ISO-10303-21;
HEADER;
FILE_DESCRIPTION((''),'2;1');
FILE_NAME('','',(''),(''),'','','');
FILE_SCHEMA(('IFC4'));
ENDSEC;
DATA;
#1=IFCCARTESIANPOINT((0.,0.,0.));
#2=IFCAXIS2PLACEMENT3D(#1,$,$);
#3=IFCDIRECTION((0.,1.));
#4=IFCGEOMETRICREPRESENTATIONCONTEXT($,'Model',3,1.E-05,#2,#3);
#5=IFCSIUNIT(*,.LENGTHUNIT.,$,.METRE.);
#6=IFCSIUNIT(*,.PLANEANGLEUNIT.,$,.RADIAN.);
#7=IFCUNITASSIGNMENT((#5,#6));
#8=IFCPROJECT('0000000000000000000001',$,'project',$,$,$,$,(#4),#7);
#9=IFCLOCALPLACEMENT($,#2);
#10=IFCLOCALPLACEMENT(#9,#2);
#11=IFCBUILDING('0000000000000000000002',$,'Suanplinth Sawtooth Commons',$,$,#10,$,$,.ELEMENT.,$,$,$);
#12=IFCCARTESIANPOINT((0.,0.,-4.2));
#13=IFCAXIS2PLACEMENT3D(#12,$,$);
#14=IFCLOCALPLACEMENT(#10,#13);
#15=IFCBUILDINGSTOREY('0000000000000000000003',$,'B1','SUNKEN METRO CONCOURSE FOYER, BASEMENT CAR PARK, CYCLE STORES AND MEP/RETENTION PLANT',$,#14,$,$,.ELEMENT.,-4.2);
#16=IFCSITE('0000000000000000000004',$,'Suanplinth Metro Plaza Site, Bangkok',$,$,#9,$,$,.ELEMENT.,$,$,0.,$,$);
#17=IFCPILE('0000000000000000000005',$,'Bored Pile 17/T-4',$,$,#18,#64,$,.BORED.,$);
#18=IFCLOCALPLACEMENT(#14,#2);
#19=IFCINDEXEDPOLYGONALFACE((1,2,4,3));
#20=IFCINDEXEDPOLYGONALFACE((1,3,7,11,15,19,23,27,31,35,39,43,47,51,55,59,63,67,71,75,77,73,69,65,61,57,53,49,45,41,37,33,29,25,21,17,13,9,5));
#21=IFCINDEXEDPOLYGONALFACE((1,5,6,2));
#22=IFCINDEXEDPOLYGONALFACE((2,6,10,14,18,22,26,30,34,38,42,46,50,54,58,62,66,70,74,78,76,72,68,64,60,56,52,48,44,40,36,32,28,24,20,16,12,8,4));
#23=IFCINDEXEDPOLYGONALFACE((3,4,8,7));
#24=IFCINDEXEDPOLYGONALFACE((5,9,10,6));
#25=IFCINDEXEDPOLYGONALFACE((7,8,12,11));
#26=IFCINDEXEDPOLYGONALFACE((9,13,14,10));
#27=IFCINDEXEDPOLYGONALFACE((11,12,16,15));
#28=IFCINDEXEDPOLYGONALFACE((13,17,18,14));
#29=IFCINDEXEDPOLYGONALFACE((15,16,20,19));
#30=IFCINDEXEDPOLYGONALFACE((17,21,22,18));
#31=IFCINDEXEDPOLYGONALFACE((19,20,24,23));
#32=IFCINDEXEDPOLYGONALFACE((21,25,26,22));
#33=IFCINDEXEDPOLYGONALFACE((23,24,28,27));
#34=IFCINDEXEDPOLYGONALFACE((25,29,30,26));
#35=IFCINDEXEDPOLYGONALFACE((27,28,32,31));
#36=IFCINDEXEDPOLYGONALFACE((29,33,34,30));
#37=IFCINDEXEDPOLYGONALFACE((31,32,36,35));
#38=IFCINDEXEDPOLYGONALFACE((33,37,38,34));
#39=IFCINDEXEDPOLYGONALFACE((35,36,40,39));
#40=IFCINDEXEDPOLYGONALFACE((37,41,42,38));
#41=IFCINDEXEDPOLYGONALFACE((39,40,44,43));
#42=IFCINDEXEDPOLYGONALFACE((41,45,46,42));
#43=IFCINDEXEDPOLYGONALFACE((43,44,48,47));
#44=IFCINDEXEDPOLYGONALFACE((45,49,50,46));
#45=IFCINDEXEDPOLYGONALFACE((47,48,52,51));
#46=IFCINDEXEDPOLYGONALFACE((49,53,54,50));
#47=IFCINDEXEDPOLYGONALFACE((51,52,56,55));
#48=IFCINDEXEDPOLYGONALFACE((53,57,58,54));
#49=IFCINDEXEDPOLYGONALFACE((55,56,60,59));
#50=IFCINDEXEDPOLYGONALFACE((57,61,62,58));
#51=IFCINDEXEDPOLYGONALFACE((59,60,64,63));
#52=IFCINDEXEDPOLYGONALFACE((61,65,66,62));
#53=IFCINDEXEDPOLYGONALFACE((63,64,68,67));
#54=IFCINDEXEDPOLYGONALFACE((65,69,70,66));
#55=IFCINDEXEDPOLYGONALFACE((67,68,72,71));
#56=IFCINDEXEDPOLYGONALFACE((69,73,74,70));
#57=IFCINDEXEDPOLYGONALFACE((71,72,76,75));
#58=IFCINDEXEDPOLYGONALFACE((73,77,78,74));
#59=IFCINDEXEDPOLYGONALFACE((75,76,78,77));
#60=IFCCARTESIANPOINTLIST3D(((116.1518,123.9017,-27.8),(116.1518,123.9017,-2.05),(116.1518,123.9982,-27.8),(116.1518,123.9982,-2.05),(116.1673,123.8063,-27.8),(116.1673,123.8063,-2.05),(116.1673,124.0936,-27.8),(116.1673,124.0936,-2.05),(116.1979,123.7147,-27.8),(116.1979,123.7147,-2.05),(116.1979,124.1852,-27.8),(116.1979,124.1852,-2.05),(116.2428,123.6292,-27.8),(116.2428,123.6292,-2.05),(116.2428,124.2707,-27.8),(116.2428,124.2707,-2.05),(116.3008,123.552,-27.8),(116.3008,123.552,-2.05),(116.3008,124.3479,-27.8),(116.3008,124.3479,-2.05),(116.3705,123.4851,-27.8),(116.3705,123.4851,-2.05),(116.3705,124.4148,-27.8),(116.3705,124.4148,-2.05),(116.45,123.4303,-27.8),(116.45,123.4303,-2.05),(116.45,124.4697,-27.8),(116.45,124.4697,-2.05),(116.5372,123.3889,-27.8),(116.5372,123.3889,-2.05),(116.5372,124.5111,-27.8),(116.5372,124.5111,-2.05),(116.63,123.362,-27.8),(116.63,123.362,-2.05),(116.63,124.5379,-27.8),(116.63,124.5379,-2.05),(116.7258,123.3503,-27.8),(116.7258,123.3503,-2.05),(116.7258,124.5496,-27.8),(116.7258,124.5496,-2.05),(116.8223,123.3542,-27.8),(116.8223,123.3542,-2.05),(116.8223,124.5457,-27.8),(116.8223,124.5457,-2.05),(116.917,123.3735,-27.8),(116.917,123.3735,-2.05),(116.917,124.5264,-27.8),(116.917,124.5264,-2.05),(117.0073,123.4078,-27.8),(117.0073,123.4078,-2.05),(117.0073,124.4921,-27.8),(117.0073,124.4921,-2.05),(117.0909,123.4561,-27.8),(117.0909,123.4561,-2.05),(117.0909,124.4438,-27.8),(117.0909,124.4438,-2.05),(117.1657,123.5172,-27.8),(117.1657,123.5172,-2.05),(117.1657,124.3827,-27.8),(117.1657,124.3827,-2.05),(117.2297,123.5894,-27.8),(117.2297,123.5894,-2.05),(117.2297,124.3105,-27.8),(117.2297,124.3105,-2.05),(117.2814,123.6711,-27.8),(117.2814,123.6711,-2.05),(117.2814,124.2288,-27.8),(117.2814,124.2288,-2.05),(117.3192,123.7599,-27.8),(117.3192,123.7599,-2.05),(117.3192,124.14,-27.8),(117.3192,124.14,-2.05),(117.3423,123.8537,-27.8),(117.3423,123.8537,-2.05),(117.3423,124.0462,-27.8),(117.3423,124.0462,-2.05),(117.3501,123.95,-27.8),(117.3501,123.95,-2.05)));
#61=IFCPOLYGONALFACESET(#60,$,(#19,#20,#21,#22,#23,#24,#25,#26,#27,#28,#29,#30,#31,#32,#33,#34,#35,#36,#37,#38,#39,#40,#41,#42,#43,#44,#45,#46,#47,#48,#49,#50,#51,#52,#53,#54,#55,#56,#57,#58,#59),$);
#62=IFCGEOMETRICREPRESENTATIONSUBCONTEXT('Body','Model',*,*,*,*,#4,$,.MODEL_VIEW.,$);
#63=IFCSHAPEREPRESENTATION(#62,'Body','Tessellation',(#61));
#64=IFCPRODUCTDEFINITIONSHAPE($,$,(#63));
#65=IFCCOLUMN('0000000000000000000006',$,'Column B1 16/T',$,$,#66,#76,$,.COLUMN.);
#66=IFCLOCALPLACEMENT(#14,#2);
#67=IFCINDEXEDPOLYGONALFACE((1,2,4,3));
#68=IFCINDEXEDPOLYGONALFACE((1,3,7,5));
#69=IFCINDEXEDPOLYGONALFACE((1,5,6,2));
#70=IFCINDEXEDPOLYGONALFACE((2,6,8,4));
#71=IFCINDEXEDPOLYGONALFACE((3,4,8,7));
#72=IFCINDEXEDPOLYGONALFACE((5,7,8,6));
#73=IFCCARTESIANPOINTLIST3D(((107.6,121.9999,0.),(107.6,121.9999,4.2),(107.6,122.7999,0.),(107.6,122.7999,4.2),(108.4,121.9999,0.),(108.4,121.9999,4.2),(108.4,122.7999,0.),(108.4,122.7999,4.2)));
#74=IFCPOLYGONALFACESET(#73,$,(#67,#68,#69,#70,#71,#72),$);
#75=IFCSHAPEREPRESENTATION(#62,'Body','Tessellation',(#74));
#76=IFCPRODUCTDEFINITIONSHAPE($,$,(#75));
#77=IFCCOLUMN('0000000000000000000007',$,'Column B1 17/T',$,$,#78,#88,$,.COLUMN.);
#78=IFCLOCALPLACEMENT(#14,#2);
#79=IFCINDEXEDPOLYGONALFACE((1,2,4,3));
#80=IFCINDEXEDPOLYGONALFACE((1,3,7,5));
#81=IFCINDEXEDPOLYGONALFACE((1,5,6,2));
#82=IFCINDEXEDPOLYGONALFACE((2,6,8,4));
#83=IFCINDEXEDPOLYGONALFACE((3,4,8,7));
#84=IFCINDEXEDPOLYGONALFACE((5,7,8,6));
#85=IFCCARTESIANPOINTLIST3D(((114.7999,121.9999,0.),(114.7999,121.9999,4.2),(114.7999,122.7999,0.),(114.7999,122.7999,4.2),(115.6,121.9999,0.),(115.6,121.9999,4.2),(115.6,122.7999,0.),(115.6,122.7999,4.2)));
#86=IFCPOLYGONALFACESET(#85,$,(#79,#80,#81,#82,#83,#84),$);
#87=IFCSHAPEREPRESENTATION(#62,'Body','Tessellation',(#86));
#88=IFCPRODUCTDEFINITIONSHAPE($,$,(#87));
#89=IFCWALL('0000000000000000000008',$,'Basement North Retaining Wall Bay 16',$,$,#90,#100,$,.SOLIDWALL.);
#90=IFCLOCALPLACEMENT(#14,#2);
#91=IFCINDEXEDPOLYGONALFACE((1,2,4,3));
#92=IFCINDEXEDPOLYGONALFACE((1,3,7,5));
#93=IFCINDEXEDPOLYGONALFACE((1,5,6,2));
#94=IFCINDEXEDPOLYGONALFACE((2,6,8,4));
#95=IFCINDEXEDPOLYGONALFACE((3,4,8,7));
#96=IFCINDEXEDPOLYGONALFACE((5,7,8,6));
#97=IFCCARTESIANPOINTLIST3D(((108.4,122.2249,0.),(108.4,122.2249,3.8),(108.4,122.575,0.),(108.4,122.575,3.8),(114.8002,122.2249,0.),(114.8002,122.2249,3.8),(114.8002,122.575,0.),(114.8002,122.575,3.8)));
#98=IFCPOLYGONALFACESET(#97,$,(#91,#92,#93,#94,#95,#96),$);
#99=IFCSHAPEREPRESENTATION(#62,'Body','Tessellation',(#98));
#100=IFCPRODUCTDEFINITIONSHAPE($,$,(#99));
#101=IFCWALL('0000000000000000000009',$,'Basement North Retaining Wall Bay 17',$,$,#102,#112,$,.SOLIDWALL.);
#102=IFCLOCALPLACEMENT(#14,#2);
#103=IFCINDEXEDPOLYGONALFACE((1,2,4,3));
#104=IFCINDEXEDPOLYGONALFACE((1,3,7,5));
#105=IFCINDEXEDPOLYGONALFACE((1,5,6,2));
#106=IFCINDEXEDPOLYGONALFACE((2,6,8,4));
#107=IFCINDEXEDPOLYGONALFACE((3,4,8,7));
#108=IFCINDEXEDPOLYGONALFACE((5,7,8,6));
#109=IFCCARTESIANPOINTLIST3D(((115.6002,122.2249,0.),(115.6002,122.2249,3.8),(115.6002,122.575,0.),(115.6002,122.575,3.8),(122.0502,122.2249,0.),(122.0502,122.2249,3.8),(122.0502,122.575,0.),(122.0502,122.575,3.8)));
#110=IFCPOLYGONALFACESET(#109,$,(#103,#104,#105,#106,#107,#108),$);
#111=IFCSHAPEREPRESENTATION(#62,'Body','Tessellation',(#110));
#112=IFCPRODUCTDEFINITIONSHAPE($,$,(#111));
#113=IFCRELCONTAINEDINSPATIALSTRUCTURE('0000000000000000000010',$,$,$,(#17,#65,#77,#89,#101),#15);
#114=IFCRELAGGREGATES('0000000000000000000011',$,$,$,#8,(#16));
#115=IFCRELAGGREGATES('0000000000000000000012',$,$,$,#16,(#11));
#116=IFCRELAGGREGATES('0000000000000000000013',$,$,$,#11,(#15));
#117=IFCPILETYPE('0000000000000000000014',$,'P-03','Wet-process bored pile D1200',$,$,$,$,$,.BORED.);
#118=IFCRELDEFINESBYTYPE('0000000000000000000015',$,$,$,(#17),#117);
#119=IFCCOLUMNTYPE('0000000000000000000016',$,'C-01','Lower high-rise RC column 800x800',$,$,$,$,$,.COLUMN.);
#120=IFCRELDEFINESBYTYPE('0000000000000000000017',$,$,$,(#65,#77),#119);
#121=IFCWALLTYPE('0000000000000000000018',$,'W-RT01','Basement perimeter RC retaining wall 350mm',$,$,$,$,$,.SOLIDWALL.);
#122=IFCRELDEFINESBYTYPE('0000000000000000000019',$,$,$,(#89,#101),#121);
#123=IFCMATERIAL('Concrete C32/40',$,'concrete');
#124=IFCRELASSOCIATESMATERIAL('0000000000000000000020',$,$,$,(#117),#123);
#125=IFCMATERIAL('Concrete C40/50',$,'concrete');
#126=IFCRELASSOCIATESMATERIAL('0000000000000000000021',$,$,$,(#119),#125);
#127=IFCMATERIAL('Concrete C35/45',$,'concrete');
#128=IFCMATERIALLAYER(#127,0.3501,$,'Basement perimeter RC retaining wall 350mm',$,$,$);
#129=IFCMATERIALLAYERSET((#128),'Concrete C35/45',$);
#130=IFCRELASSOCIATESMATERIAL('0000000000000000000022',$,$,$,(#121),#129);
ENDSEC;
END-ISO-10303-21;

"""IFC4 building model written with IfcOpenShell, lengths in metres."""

from ifc_helpers import new_model, si_unit, direction, frame, frame_2d, origin, origin_2d, place, context, subcontext, project, spatial, rectangle, circle, extrude, material, layer, layer_set, material_profile, profile_set, type_object, element, save


model = new_model("IFC4")

# Units and contexts
model_context = context("Model", 3, precision=1e-05, world=origin(), true_north=direction((0.0, 1.0)))
body_context = subcontext(model_context, "Body", "Model", "MODEL_VIEW")
ifc_project = project(units=[si_unit("LENGTHUNIT", "METRE"), si_unit("PLANEANGLEUNIT", "RADIAN")], contexts=[model_context])

# Site, building, storey
site_placement = place(None, origin())
site = spatial("IfcSite", under=ifc_project, at=site_placement, Name="Suanplinth Metro Plaza Site, Bangkok", CompositionType="ELEMENT", RefElevation=0.0)
building_placement = place(site_placement, origin())
building = spatial("IfcBuilding", under=site, at=building_placement, Name="Suanplinth Sawtooth Commons", CompositionType="ELEMENT")
storey_placement = place(building_placement, frame((0.0, 0.0, -4.2)))
storey = spatial("IfcBuildingStorey", under=building, at=storey_placement, Name="B1", Description="SUNKEN METRO CONCOURSE FOYER, BASEMENT CAR PARK, CYCLE STORES AND MEP/RETENTION PLANT", CompositionType="ELEMENT", Elevation=-4.2)

# Shared definitions
ifc_material_1 = material(Name="Concrete C35/45", Category="concrete")

# Pile
ifc_material_2 = material(Name="Concrete C32/40", Category="concrete")
ifc_material_profile_1 = material_profile(ifc_material_2, circle(Radius=0.6001, at=origin_2d()), Name="PILE D1200")
ifc_profile_set_1 = profile_set([ifc_material_profile_1], Name="Concrete C32/40")
pile_type = type_object("IfcPileType", Name="P-03", Description="Wet-process bored pile D1200", PredefinedType="BORED", material=ifc_profile_set_1)
for number, where, z_axis, x_axis, name in (
    (1, (116.75, 123.95, -2.05), (0.0, 0.0, -1.0), (1.0, 0.0, 0.0), "Bored Pile 17/T-4"),
):
    element("IfcPile", number, at=place(storey_placement, frame(where, z_axis=z_axis, x_axis=x_axis)), inside=storey, type_object=pile_type, Name=name, PredefinedType="BORED", context=body_context, shape_type="SweptSolid", body=[
        extrude(circle(Radius=0.6001, at=origin_2d()), origin(), (0.0, 0.0, 1.0), 25.75),
    ])

# Columns
ifc_material_3 = material(Name="Concrete C40/50", Category="concrete")
ifc_material_profile_2 = material_profile(ifc_material_3, rectangle(XDim=0.8, YDim=0.8, at=origin_2d()), Name="RC-COL 800x800")
ifc_profile_set_2 = profile_set([ifc_material_profile_2], Name="Concrete C40/50")
column_type = type_object("IfcColumnType", Name="C-01", Description="Lower high-rise RC column 800x800", PredefinedType="COLUMN", material=ifc_profile_set_2)
for number, where, z_axis, x_axis, name in (
    (2, (108.0, 122.3999, 0.0), (0.0, 0.0, 1.0), (1.0, 0.0, 0.0), "Column B1 16/T"),
    (3, (115.2, 122.3999, 0.0), (0.0, 0.0, 1.0), (1.0, 0.0, 0.0), "Column B1 17/T"),
):
    element("IfcColumn", number, at=place(storey_placement, frame(where, z_axis=z_axis, x_axis=x_axis)), inside=storey, type_object=column_type, Name=name, PredefinedType="COLUMN", context=body_context, shape_type="SweptSolid", body=[
        extrude(rectangle(XDim=0.8, YDim=0.8, at=origin_2d()), origin(), (0.0, 0.0, 1.0), 4.2),
    ])

# Walls
ifc_layer = layer(ifc_material_1, 0.3501, Name="Basement perimeter RC retaining wall 350mm")
ifc_layer_set = layer_set([ifc_layer], Name="Concrete C35/45")
wall_type = type_object("IfcWallType", Name="W-RT01", Description="Basement perimeter RC retaining wall 350mm", PredefinedType="SOLIDWALL", material=ifc_layer_set)
wall_1_placement = place(storey_placement, frame((108.3999, 122.3999, 0.0), z_axis=(0.0, 0.0, 1.0), x_axis=(1.0, 0.0, 0.0)))
element("IfcWall", 4, at=wall_1_placement, inside=storey, type_object=wall_type, Name="Basement North Retaining Wall Bay 16", PredefinedType="SOLIDWALL", context=body_context, shape_type="SweptSolid", body=[
    extrude(rectangle(XDim=6.4001, YDim=0.3501, at=frame_2d((3.2002, 0.0))), origin(), (0.0, 0.0, 1.0), 3.8),
])
wall_2_placement = place(storey_placement, frame((115.6001, 122.3999, 0.0), z_axis=(0.0, 0.0, 1.0), x_axis=(1.0, 0.0, 0.0)))
element("IfcWall", 5, at=wall_2_placement, inside=storey, type_object=wall_type, Name="Basement North Retaining Wall Bay 17", PredefinedType="SOLIDWALL", context=body_context, shape_type="SweptSolid", body=[
    extrude(rectangle(XDim=6.45, YDim=0.3501, at=frame_2d((3.2251, 0.0))), origin(), (0.0, 0.0, 1.0), 3.8),
])

save(model, "model.ifc")
